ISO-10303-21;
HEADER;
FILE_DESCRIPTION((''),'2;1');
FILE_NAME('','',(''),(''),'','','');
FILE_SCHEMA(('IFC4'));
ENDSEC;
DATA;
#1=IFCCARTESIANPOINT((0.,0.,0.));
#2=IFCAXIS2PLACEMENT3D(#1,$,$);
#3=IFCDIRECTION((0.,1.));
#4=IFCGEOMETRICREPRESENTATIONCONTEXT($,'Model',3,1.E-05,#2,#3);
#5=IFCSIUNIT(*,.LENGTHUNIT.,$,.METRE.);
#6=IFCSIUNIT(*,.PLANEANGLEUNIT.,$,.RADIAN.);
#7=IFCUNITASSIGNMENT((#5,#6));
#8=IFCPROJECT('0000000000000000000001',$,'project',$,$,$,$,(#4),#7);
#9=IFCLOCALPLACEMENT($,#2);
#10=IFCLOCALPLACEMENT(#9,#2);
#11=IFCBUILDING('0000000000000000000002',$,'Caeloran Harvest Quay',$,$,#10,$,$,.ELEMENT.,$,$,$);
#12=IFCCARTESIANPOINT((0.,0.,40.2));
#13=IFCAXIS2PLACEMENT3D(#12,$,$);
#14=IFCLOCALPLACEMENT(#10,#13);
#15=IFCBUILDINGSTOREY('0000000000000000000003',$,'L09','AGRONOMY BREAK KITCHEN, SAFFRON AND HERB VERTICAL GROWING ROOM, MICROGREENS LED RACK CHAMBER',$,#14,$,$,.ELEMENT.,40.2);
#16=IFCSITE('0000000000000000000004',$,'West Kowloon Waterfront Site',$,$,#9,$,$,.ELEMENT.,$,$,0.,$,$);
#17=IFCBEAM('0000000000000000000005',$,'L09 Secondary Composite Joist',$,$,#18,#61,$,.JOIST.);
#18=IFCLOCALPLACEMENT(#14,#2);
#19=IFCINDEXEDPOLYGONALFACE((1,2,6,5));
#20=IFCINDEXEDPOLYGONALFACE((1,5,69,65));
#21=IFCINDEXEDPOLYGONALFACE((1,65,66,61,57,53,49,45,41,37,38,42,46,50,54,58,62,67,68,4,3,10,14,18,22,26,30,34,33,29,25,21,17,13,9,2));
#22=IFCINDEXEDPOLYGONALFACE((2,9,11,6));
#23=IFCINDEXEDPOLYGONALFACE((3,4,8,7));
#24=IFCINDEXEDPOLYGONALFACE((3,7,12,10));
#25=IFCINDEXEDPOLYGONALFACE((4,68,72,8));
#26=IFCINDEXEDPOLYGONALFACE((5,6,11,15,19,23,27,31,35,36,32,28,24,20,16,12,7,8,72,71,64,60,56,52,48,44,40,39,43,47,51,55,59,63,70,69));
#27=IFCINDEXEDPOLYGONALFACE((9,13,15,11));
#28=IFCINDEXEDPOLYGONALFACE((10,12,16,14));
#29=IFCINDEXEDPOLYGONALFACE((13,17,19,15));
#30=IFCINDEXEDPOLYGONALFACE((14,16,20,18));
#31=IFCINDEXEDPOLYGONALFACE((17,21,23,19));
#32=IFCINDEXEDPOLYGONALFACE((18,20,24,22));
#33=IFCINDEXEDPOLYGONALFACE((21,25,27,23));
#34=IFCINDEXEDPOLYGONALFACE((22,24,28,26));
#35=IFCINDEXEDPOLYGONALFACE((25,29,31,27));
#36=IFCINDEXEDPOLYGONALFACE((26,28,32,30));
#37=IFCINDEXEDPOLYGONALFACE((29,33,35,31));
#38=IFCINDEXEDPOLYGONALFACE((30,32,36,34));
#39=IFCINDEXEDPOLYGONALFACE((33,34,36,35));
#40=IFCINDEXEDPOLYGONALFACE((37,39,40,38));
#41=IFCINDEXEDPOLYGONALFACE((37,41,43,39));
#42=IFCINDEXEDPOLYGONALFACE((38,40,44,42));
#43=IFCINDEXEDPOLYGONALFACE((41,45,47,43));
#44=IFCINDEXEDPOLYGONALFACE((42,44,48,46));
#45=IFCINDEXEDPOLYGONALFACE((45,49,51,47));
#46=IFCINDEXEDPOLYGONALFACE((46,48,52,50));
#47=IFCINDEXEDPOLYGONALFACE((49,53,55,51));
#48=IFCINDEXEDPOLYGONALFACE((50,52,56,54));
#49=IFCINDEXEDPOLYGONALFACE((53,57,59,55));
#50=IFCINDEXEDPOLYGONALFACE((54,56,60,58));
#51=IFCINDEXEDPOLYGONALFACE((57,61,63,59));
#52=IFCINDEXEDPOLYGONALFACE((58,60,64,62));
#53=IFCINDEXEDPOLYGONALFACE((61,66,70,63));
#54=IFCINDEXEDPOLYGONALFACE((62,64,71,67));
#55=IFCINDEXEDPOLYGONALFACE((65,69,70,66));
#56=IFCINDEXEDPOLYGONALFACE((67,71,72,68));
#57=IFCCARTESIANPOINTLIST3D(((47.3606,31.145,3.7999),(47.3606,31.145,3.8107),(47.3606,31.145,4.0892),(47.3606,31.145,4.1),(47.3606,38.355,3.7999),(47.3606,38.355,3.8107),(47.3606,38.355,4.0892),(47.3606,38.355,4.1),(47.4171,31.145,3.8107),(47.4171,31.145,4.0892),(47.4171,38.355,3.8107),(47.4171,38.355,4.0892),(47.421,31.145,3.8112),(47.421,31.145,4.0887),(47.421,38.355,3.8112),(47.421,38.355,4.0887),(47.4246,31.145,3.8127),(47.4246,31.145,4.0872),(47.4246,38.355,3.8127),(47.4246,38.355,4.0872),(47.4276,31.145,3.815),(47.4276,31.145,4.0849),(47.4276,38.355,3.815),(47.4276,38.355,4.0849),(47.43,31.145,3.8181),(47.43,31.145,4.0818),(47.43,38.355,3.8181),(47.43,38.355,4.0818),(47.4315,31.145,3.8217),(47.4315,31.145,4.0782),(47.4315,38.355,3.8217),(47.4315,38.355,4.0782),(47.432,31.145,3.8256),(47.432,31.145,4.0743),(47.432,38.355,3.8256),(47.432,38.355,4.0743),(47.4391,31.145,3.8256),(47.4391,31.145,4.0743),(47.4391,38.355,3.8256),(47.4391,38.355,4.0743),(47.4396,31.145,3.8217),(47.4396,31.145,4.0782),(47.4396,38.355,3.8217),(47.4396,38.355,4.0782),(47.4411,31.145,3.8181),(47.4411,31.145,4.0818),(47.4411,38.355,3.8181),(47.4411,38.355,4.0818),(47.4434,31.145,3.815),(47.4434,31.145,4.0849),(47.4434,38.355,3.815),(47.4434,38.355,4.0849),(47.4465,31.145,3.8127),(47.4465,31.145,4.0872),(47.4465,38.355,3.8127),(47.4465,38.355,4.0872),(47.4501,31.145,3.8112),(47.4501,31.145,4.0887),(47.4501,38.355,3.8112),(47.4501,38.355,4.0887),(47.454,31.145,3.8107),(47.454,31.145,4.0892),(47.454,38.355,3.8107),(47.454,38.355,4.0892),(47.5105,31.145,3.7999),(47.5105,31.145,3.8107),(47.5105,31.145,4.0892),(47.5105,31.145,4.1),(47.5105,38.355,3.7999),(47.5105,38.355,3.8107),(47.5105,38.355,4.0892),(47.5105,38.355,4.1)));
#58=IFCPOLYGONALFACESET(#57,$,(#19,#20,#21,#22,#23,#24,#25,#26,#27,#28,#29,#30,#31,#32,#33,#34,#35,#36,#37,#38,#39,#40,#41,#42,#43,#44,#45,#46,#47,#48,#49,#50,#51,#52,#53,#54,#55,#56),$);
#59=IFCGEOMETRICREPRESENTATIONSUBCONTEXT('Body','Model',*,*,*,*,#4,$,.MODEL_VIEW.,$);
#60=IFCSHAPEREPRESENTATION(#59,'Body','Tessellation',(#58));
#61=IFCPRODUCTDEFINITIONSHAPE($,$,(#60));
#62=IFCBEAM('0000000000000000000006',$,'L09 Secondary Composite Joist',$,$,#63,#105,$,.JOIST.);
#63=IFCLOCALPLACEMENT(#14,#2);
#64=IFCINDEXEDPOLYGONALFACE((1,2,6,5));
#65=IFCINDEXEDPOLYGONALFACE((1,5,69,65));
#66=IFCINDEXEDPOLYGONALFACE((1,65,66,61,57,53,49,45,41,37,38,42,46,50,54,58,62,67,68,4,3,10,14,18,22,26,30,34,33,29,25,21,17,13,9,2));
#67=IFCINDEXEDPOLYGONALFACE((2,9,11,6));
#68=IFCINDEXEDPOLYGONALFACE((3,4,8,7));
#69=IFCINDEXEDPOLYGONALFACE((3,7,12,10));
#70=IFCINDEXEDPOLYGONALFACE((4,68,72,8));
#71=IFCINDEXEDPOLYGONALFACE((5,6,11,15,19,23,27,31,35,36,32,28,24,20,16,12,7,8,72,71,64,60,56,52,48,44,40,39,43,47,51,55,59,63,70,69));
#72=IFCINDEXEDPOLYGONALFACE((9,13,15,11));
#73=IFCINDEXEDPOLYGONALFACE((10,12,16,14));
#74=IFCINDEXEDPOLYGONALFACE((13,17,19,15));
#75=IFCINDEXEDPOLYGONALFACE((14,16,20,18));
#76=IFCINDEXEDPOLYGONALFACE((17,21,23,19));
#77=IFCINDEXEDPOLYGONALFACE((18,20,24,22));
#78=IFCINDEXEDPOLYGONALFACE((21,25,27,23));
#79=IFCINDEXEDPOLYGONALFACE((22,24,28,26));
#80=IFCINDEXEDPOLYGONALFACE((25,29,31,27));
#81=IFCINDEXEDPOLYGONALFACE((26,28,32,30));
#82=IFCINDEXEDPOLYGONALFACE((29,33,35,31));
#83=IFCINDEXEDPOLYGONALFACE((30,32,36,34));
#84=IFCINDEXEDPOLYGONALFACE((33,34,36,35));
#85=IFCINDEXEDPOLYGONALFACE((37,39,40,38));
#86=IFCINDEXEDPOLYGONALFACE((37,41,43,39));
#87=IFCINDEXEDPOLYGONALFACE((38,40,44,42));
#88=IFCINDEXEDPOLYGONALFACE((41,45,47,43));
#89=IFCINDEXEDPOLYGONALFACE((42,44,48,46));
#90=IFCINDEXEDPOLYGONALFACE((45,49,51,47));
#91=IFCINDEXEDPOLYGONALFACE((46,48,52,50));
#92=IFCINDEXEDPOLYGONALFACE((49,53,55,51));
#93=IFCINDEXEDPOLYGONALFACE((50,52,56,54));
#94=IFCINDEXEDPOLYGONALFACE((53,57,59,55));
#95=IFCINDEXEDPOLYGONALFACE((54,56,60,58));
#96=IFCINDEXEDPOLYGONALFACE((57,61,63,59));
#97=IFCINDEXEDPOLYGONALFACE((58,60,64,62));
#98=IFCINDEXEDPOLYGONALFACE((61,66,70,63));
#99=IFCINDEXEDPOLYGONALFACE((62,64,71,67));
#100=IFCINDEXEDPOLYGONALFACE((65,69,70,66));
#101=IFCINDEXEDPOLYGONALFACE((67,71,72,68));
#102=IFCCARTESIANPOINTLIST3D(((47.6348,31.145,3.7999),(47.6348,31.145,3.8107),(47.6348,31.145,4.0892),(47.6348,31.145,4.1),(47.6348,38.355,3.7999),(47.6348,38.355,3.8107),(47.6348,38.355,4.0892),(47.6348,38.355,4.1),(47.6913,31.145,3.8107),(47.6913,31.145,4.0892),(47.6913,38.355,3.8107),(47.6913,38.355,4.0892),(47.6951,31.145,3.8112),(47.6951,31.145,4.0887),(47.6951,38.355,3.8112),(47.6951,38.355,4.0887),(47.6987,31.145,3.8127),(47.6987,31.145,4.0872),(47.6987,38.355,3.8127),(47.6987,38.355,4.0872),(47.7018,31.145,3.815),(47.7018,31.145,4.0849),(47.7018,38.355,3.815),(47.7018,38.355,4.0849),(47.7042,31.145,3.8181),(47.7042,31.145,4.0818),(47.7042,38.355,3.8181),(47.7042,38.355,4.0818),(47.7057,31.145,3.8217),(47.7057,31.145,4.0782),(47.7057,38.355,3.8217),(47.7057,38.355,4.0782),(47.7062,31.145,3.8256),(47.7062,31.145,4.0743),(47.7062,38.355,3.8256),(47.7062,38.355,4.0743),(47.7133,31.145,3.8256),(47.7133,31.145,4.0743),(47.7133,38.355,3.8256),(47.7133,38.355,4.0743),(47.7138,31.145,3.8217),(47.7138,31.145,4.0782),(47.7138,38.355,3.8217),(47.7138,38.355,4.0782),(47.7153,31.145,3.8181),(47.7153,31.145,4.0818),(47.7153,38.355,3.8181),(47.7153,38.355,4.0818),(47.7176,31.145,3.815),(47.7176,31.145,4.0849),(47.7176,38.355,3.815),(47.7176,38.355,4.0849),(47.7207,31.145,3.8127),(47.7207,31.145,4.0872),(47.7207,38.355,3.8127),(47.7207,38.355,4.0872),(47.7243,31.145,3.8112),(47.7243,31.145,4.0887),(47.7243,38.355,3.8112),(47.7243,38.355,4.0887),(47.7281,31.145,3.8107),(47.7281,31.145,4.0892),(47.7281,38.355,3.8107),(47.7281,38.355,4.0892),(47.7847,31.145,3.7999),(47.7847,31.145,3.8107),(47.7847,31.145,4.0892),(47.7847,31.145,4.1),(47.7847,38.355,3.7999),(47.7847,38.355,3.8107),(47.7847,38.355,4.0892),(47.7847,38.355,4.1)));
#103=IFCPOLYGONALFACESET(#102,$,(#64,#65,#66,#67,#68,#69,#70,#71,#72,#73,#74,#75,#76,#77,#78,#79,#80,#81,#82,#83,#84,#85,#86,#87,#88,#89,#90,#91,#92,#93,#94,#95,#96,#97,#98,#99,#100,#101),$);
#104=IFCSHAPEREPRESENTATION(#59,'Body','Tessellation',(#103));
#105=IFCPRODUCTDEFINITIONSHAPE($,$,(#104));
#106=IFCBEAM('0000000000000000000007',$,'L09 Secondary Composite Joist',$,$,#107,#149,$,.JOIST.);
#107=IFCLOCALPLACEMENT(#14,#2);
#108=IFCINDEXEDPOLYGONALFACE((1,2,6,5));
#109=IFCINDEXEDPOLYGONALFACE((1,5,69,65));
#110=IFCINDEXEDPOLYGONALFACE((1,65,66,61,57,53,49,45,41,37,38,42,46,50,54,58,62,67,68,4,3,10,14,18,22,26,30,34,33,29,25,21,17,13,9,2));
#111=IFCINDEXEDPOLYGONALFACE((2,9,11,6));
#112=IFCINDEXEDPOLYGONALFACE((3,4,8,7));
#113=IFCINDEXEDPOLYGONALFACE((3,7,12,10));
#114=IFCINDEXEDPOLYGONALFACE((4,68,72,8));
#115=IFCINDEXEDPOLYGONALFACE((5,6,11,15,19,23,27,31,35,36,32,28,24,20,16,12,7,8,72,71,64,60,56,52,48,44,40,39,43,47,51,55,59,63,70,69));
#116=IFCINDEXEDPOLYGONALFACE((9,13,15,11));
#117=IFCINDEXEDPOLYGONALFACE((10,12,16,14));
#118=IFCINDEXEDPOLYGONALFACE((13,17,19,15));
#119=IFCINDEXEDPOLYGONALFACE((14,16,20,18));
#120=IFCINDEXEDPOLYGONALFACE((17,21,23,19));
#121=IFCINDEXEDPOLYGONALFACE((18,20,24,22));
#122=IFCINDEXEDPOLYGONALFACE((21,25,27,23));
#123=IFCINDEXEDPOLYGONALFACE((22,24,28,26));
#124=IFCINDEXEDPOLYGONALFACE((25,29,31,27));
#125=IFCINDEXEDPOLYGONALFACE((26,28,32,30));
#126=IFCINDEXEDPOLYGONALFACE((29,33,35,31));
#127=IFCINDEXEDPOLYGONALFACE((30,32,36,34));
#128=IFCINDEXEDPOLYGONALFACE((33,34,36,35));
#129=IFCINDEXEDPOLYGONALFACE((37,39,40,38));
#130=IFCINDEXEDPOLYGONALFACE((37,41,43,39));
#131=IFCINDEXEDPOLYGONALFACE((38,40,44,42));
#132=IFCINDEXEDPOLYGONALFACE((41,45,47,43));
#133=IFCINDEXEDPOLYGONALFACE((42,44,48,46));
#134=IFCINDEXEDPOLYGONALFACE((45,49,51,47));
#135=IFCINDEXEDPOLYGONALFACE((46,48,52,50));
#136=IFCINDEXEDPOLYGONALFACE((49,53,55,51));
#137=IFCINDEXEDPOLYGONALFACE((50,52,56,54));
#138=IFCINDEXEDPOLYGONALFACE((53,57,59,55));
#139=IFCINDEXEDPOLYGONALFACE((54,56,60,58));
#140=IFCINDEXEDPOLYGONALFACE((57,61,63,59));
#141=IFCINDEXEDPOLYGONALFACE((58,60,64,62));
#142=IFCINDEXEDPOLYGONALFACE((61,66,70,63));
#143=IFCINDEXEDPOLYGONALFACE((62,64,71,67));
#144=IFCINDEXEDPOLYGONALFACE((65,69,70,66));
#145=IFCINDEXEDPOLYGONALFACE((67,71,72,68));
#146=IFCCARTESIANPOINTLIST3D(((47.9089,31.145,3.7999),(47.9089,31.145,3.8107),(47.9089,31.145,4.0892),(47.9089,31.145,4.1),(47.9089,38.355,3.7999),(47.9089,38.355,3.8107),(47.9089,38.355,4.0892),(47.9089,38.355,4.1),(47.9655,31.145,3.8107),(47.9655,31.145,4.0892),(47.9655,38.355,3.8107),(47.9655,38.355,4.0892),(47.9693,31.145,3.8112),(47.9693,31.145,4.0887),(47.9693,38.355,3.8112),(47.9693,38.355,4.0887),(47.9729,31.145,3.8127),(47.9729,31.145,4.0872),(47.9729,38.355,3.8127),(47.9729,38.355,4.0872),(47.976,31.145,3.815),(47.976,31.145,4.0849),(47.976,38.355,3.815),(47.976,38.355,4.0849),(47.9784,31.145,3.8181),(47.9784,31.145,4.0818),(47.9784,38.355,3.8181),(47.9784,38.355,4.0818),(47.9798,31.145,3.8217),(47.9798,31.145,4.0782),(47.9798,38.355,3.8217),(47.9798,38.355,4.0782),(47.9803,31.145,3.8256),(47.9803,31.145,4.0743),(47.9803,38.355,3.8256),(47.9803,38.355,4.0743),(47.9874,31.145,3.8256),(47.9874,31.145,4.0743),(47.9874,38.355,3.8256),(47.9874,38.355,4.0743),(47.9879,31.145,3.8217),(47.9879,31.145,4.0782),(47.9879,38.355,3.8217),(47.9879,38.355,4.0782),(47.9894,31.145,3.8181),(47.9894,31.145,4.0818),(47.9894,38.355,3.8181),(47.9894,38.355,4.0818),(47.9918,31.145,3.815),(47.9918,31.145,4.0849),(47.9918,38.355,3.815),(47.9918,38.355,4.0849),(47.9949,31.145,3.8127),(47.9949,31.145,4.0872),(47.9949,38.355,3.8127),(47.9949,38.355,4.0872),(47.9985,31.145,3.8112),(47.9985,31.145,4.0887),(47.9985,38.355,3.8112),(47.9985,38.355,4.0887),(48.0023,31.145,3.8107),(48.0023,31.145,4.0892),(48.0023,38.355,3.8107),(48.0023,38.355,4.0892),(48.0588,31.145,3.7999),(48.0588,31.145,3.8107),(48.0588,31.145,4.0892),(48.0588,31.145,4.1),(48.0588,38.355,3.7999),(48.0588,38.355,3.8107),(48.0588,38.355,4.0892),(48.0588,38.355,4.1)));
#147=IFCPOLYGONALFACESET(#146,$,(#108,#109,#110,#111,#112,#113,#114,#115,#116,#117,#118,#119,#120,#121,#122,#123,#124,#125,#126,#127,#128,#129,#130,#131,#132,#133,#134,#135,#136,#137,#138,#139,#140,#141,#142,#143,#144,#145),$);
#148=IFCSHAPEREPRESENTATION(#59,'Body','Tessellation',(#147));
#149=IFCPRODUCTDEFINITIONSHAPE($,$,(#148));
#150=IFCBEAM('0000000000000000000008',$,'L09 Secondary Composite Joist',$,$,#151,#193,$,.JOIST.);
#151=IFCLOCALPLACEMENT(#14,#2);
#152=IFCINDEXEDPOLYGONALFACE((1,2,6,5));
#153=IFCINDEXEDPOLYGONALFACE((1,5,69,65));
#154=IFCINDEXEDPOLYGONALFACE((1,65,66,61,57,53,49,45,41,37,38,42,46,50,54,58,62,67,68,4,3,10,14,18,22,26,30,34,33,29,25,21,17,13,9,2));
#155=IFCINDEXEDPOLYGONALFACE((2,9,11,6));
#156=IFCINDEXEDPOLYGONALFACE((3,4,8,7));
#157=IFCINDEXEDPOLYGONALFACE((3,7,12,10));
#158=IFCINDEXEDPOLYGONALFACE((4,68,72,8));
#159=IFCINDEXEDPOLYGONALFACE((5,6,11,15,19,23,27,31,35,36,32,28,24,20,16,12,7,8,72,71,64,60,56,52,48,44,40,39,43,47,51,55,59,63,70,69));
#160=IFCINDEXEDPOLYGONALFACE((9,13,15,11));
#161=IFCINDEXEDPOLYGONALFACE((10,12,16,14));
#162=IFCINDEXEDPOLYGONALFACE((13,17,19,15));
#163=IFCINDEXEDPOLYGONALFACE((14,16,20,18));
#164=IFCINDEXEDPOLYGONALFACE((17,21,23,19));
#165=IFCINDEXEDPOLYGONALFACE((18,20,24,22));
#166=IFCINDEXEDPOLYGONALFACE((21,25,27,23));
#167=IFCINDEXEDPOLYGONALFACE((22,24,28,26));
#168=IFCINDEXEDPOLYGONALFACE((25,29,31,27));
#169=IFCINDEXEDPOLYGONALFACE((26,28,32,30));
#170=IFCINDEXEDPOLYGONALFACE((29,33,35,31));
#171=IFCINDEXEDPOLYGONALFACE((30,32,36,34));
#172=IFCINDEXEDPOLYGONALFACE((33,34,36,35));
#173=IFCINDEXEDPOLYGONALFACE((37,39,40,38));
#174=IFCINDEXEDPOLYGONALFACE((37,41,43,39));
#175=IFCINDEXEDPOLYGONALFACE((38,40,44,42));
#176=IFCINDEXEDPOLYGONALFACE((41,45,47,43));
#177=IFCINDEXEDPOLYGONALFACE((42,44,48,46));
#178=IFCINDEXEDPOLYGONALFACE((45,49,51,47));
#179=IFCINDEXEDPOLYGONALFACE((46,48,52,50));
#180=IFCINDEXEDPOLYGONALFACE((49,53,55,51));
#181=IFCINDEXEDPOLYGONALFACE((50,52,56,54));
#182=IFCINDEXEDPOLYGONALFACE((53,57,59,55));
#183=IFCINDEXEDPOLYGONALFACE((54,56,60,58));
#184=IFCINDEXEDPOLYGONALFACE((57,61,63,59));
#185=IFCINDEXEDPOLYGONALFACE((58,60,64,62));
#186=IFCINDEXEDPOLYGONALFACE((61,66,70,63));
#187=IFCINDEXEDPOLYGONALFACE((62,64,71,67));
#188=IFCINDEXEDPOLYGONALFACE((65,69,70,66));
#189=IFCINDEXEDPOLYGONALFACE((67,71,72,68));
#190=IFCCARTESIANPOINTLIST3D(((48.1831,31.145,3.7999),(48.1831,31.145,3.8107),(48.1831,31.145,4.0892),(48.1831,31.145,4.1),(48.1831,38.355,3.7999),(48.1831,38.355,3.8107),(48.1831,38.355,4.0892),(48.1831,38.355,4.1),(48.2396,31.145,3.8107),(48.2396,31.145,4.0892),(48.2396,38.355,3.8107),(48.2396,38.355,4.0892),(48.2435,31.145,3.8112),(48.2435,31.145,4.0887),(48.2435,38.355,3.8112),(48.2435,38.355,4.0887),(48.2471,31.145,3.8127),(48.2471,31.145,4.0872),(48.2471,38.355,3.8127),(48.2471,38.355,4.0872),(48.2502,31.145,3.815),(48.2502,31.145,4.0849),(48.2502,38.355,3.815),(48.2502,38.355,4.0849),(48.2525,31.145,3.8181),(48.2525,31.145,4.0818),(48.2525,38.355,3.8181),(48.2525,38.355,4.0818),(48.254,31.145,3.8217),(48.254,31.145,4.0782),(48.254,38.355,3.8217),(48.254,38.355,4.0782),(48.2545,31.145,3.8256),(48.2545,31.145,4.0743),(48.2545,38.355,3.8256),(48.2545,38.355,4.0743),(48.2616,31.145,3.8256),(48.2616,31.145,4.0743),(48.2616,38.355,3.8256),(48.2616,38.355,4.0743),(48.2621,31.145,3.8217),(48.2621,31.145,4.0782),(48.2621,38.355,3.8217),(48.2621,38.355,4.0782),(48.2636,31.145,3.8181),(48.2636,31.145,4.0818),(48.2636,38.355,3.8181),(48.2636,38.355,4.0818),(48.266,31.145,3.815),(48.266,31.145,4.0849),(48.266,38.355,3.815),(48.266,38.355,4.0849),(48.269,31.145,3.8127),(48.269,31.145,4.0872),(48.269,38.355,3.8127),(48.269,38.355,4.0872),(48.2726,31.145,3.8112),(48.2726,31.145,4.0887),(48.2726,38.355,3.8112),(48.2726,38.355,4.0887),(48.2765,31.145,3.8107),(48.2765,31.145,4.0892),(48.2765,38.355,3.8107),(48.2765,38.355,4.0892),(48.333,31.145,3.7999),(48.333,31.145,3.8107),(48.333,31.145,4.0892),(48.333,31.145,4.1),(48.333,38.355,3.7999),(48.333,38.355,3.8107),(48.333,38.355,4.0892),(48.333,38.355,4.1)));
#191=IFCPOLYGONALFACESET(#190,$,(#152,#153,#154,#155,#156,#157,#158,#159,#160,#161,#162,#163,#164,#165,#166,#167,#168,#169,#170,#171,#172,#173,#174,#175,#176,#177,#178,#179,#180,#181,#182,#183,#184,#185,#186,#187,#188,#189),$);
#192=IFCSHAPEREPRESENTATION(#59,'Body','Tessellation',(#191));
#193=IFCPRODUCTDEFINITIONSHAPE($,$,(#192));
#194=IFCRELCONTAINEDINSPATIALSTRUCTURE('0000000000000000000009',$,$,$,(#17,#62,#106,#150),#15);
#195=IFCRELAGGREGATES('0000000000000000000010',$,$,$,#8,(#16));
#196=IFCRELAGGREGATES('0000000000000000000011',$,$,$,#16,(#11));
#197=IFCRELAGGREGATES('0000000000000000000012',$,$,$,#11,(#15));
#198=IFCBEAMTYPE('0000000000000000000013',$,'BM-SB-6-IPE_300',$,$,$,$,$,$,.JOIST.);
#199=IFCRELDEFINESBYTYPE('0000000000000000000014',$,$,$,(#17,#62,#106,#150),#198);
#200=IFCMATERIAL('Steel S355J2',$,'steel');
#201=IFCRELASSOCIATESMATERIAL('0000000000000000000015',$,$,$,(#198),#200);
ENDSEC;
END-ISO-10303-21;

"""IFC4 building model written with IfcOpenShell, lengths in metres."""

from ifc_helpers import new_model, si_unit, direction, frame, origin, origin_2d, place, context, subcontext, project, spatial, i_section, extrude, material, material_profile, profile_set, type_object, element, save


model = new_model("IFC4")

# Units and contexts
model_context = context("Model", 3, precision=1e-05, world=origin(), true_north=direction((0.0, 1.0)))
body_context = subcontext(model_context, "Body", "Model", "MODEL_VIEW")
ifc_project = project(units=[si_unit("LENGTHUNIT", "METRE"), si_unit("PLANEANGLEUNIT", "RADIAN")], contexts=[model_context])

# Site, building, storey
site_placement = place(None, origin())
site = spatial("IfcSite", under=ifc_project, at=site_placement, Name="West Kowloon Waterfront Site", CompositionType="ELEMENT", RefElevation=0.0)
building_placement = place(site_placement, origin())
building = spatial("IfcBuilding", under=site, at=building_placement, Name="Caeloran Harvest Quay", CompositionType="ELEMENT")
storey_placement = place(building_placement, frame((0.0, 0.0, 40.2)))
storey = spatial("IfcBuildingStorey", under=building, at=storey_placement, Name="L09", Description="AGRONOMY BREAK KITCHEN, SAFFRON AND HERB VERTICAL GROWING ROOM, MICROGREENS LED RACK CHAMBER", CompositionType="ELEMENT", Elevation=40.2)

# Beams
ifc_material_1 = material(Name="Steel S355J2", Category="steel")
ifc_material_profile_1 = material_profile(ifc_material_1, i_section(OverallWidth=0.1499, OverallDepth=0.3, WebThickness=0.0071, FlangeThickness=0.0107, FilletRadius=0.0149, at=origin_2d()), Name="IPE 300")
ifc_profile_set_1 = profile_set([ifc_material_profile_1], Name="Steel S355J2")
beam_type_1 = type_object("IfcBeamType", Name="BM-SB-6-IPE_300", PredefinedType="JOIST", material=ifc_profile_set_1)
for number, where, z_axis, x_axis, name in (
    (1, (47.4355, 31.145, 3.95), (0.0, 1.0, 0.0), (-1.0, 0.0, 0.0), "L09 Secondary Composite Joist"),
    (2, (47.7097, 31.145, 3.95), (0.0, 1.0, 0.0), (-1.0, 0.0, 0.0), "L09 Secondary Composite Joist"),
    (3, (47.9839, 31.145, 3.95), (0.0, 1.0, 0.0), (-1.0, 0.0, 0.0), "L09 Secondary Composite Joist"),
    (4, (48.2581, 31.145, 3.95), (0.0, 1.0, 0.0), (-1.0, 0.0, 0.0), "L09 Secondary Composite Joist"),
):
    element("IfcBeam", number, at=place(storey_placement, frame(where, z_axis=z_axis, x_axis=x_axis)), inside=storey, type_object=beam_type_1, Name=name, PredefinedType="JOIST", context=body_context, shape_type="SweptSolid", body=[
        extrude(i_section(OverallWidth=0.1499, OverallDepth=0.3, WebThickness=0.0071, FlangeThickness=0.0107, FilletRadius=0.0149, at=origin_2d()), origin(), (0.0, 0.0, 1.0), 7.21),
    ])

save(model, "model.ifc")
